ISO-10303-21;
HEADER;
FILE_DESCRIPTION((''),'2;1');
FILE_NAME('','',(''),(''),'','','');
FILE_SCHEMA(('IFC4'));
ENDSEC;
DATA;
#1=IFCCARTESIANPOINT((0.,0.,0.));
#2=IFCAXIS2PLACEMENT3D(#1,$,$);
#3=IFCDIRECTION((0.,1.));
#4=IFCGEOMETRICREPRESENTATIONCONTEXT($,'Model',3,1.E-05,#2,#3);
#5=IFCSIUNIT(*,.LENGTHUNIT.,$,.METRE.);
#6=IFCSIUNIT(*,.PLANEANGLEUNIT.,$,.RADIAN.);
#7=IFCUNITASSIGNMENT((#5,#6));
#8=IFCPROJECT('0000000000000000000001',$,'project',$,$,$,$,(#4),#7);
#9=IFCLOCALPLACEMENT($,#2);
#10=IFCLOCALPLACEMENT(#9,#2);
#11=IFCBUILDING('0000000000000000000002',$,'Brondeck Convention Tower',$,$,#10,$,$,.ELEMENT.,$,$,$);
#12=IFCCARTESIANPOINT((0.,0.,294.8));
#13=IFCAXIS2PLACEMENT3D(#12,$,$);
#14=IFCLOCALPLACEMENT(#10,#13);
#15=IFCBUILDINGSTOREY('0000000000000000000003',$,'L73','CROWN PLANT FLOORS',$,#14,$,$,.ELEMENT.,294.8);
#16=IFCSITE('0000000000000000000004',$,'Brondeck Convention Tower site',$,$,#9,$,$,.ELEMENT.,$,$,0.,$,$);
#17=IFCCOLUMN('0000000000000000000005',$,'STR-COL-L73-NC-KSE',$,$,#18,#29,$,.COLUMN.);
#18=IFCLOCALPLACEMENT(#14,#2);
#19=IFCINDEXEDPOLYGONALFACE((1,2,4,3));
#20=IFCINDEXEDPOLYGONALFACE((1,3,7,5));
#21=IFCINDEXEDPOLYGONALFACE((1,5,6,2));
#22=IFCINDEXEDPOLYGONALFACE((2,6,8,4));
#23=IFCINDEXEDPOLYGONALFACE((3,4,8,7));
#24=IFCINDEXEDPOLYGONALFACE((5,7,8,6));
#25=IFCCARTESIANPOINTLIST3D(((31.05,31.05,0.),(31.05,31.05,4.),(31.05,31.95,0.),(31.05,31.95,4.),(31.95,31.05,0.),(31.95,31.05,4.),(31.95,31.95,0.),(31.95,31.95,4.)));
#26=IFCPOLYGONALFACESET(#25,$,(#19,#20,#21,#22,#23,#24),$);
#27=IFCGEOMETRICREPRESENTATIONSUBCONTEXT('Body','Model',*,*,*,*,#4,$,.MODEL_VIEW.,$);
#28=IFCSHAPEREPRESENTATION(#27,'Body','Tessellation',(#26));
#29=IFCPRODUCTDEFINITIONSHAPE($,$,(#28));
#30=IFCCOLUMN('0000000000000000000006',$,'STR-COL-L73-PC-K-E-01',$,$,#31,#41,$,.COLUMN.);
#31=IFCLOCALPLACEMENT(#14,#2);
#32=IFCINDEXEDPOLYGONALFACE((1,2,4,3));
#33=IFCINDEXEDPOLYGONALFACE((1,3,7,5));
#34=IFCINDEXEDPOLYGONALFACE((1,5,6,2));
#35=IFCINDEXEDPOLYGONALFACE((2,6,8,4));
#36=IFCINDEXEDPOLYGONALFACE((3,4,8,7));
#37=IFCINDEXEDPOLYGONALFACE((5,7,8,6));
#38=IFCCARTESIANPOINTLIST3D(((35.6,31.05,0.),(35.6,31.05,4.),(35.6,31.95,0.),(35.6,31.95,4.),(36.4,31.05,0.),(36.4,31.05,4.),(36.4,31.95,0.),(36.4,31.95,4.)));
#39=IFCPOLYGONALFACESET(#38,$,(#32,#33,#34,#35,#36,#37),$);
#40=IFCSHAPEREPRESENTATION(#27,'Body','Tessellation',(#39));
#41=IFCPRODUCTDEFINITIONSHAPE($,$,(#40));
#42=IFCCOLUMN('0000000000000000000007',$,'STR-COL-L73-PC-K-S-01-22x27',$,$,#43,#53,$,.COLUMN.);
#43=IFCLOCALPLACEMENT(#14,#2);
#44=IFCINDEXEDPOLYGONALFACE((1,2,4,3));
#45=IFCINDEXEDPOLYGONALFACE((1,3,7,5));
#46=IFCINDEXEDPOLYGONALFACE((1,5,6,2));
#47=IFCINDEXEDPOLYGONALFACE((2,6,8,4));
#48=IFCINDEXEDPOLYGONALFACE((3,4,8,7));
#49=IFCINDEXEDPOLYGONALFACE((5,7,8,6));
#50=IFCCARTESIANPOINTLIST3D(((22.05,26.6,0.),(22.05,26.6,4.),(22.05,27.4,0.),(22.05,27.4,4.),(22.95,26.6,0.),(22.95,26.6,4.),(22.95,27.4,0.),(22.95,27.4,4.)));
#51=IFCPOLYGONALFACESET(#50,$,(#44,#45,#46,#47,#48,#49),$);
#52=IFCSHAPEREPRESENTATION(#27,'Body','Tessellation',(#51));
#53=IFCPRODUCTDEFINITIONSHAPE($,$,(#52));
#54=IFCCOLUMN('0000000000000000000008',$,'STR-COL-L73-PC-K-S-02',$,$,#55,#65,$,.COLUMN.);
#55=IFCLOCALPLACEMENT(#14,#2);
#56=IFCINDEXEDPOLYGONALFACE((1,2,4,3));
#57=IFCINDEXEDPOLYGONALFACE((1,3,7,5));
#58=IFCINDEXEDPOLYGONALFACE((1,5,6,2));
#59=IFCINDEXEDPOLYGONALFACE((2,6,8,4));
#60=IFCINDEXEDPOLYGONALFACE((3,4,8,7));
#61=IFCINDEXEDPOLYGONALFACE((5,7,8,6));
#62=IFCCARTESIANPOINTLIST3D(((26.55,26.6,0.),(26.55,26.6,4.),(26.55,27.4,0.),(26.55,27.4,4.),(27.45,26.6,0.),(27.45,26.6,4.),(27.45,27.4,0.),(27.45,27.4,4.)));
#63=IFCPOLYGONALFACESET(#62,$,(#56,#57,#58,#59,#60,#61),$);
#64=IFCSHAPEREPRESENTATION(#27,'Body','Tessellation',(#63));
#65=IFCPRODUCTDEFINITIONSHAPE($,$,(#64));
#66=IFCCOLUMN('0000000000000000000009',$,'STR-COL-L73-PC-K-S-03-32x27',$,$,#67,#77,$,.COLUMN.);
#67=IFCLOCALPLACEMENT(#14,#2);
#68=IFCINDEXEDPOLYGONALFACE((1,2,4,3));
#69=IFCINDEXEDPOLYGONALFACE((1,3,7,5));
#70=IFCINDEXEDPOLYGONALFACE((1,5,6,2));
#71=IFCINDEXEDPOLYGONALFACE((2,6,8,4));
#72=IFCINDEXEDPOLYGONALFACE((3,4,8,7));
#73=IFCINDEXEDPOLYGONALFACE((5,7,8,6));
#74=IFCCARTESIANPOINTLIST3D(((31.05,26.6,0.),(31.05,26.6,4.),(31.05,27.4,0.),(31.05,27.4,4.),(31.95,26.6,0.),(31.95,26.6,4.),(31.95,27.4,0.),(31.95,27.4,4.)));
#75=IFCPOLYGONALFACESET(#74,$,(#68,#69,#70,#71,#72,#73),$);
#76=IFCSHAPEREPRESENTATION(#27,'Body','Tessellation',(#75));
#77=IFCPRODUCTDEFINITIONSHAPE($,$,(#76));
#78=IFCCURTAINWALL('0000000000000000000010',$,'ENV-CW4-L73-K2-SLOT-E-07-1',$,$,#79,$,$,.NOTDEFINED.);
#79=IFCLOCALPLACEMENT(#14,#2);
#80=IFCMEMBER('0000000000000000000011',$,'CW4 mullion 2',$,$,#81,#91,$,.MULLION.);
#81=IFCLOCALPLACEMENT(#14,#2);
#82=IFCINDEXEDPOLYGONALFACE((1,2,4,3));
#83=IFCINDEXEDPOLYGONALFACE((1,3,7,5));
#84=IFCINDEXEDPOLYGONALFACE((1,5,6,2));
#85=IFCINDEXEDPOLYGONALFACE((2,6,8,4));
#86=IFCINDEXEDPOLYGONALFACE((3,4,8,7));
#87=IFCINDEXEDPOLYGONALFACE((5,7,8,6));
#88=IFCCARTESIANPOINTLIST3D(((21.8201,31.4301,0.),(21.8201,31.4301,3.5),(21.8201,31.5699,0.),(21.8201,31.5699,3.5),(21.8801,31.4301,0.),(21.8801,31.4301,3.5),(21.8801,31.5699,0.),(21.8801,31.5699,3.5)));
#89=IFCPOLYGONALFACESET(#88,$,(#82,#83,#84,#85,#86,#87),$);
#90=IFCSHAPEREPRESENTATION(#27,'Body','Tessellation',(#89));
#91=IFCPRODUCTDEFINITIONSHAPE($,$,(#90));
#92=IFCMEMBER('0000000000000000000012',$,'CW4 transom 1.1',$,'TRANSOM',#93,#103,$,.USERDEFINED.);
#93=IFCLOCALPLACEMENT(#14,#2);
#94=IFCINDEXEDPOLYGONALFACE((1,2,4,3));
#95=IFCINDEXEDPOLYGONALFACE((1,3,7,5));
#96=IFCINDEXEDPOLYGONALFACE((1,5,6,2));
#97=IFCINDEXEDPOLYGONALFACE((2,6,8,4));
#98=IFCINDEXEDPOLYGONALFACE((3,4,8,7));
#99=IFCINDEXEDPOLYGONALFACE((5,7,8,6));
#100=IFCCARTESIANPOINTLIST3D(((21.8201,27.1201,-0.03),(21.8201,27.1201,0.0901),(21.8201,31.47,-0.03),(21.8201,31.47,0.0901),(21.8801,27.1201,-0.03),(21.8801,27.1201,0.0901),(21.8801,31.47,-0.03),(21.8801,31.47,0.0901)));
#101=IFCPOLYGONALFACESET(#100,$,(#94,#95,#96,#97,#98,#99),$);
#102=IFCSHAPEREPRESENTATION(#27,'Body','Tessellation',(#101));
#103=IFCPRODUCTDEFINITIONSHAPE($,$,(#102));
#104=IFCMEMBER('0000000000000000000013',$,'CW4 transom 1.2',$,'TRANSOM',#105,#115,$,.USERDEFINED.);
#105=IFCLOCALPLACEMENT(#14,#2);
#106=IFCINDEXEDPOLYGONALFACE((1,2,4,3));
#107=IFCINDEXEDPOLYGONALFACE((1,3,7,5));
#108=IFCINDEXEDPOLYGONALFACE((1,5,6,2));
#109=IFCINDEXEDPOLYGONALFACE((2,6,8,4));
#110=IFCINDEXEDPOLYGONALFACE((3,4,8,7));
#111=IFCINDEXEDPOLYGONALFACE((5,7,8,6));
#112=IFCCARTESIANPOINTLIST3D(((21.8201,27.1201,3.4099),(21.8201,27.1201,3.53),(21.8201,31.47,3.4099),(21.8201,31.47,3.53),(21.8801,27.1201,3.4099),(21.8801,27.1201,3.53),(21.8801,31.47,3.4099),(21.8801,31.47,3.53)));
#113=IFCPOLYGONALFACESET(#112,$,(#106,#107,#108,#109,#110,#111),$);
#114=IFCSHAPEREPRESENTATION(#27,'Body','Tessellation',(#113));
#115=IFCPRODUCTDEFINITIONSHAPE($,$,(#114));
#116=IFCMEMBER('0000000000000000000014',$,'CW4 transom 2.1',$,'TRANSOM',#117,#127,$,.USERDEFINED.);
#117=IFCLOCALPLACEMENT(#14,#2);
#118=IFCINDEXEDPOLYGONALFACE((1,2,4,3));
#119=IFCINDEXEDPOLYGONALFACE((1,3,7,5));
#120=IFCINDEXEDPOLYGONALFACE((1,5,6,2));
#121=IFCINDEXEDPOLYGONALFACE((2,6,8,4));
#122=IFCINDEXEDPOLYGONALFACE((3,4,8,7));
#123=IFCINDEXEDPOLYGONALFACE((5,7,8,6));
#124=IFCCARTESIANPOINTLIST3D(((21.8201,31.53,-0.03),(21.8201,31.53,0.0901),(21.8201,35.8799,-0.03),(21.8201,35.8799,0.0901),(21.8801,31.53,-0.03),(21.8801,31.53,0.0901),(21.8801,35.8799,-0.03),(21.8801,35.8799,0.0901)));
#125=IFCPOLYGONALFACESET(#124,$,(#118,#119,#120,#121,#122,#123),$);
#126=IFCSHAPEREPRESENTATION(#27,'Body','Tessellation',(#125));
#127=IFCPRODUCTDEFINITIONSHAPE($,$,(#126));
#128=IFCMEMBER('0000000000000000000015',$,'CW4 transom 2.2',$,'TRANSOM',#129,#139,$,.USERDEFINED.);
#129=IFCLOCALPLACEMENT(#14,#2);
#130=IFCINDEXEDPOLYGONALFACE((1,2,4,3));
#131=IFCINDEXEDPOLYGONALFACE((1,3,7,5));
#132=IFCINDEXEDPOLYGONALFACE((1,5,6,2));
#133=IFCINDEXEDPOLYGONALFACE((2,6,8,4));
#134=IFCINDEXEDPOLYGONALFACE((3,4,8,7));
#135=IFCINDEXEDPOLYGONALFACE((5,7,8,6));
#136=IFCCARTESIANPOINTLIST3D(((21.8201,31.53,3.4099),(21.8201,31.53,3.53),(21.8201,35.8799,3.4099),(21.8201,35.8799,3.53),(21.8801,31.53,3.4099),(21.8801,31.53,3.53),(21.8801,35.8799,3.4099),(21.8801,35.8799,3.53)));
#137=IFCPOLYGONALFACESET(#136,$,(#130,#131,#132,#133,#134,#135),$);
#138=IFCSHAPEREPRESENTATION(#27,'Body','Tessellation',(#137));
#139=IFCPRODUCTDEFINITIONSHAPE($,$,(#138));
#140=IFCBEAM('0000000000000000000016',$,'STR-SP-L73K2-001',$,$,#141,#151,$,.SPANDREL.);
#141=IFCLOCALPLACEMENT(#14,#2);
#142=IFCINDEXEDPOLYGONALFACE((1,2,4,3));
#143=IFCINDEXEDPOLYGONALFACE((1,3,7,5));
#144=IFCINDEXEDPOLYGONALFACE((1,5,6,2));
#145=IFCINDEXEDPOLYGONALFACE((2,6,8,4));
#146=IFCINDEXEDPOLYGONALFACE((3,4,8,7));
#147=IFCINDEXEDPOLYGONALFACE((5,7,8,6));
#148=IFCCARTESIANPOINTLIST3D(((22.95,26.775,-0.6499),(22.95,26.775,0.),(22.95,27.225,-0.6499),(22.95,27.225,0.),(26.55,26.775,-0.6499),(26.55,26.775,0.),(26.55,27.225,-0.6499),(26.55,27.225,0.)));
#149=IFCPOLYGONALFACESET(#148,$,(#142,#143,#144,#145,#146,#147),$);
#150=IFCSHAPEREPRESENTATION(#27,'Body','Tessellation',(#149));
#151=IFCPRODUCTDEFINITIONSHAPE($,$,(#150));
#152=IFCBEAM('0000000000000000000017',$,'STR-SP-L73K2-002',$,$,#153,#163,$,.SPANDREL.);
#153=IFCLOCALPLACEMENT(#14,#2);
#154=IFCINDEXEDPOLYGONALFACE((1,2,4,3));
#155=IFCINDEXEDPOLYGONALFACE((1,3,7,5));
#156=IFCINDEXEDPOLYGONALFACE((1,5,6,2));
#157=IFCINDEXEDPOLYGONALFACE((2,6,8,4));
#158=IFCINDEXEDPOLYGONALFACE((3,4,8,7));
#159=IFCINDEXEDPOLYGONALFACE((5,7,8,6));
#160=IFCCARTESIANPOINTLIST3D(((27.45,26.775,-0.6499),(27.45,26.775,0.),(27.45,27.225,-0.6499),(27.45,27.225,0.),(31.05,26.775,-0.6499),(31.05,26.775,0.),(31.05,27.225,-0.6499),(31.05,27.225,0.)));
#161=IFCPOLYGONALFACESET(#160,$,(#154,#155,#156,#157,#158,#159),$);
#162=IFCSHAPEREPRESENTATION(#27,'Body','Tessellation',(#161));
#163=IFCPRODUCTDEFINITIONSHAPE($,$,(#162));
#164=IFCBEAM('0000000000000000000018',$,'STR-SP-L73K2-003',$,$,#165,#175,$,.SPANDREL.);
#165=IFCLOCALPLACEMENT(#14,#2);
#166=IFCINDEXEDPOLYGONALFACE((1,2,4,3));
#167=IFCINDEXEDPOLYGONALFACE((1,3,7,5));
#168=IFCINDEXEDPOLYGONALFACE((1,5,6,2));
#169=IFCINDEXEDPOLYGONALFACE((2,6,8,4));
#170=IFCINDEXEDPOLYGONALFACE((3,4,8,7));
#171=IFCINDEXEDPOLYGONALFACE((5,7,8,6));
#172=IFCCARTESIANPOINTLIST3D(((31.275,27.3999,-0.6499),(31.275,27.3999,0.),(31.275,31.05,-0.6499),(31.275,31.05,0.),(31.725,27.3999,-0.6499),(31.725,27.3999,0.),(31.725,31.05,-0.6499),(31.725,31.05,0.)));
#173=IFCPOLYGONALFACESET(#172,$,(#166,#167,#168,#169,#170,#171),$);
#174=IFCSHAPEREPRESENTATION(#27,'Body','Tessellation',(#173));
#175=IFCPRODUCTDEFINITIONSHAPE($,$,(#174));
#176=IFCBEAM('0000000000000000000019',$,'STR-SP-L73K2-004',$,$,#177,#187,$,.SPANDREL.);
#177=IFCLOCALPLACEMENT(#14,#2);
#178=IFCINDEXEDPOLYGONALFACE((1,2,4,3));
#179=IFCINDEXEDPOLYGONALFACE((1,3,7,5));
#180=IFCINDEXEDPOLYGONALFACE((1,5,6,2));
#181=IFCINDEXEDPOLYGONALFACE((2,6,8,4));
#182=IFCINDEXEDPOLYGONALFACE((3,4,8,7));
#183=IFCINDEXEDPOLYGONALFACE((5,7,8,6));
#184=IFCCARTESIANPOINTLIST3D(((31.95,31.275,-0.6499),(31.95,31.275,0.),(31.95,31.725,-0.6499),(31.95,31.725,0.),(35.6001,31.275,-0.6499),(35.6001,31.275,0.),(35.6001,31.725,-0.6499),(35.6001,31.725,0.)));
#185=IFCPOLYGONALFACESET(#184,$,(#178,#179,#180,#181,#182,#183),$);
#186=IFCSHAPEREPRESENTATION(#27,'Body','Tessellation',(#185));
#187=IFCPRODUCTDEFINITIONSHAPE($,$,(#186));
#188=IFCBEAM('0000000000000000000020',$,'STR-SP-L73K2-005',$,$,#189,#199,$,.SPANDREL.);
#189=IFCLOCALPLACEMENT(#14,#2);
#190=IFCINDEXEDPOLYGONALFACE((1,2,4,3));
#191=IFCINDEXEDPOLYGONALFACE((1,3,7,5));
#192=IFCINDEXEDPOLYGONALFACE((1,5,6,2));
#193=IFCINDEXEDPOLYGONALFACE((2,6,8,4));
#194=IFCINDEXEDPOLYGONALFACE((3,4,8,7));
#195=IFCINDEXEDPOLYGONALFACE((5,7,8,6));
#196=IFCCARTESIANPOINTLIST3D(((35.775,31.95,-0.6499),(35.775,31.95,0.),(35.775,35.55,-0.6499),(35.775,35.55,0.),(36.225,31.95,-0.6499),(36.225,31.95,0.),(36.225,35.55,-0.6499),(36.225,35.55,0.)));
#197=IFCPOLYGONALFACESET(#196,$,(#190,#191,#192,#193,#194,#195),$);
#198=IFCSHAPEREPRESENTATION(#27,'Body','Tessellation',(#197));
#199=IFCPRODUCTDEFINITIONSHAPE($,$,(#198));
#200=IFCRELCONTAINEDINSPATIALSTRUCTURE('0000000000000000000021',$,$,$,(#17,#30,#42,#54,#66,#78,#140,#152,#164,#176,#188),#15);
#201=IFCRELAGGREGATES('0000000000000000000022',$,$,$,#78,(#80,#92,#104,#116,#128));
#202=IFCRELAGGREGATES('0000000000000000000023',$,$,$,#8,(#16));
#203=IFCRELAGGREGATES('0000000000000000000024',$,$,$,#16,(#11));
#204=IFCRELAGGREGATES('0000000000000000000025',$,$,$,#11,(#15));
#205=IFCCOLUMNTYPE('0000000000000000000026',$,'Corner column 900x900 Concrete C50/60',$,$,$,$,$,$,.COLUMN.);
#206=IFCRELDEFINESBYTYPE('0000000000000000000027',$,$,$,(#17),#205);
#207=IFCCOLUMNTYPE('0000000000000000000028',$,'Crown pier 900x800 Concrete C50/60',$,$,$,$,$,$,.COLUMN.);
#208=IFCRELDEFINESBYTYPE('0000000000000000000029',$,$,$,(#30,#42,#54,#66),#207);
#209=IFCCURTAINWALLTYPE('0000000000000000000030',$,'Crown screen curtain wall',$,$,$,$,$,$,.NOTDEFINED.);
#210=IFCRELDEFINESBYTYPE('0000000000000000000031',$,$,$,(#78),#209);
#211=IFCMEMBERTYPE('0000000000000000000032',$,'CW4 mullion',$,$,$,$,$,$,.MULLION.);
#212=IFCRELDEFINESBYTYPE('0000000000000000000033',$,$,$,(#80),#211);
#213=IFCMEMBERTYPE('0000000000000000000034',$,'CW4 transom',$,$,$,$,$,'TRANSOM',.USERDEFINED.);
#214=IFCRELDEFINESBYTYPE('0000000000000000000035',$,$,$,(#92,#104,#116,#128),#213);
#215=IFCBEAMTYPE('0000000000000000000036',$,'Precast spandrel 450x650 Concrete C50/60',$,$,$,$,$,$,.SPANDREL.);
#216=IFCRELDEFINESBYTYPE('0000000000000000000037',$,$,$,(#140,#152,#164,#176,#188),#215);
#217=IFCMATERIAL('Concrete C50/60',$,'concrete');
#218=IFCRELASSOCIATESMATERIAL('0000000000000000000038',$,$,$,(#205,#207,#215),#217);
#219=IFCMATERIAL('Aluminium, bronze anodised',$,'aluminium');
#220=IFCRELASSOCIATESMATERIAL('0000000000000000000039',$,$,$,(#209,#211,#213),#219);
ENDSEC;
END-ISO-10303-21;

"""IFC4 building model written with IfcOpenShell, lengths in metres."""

from ifc_helpers import new_model, si_unit, direction, frame, origin, origin_2d, place, context, subcontext, project, spatial, rectangle, extrude, material, material_profile, profile_set, type_object, element, aggregate, save


model = new_model("IFC4")

# Units and contexts
model_context = context("Model", 3, precision=1e-05, world=origin(), true_north=direction((0.0, 1.0)))
body_context = subcontext(model_context, "Body", "Model", "MODEL_VIEW")
ifc_project = project(units=[si_unit("LENGTHUNIT", "METRE"), si_unit("PLANEANGLEUNIT", "RADIAN")], contexts=[model_context])

# Site, building, storey
site_placement = place(None, origin())
site = spatial("IfcSite", under=ifc_project, at=site_placement, Name="Brondeck Convention Tower site", CompositionType="ELEMENT", RefElevation=0.0)
building_placement = place(site_placement, origin())
building = spatial("IfcBuilding", under=site, at=building_placement, Name="Brondeck Convention Tower", CompositionType="ELEMENT")
storey_placement = place(building_placement, frame((0.0, 0.0, 294.8)))
storey = spatial("IfcBuildingStorey", under=building, at=storey_placement, Name="L73", Description="CROWN PLANT FLOORS", CompositionType="ELEMENT", Elevation=294.8)

# Columns
ifc_material_1 = material(Name="Concrete C50/60", Category="concrete")
ifc_material_profile_1 = material_profile(ifc_material_1, rectangle(XDim=0.8999, YDim=0.8999, at=origin_2d()), Name="Corner column 900x900 Concrete C50/60")
ifc_profile_set_1 = profile_set([ifc_material_profile_1], Name="Concrete C50/60")
column_type_1 = type_object("IfcColumnType", Name="Corner column 900x900 Concrete C50/60", PredefinedType="COLUMN", material=ifc_profile_set_1)
column_placement = place(storey_placement, frame((31.5, 31.5, 0.0), z_axis=(0.0, 0.0, 1.0), x_axis=(1.0, 0.0, 0.0)))
element("IfcColumn", 1, at=column_placement, inside=storey, type_object=column_type_1, Name="STR-COL-L73-NC-KSE", PredefinedType="COLUMN", context=body_context, shape_type="SweptSolid", body=[
    extrude(rectangle(XDim=0.8999, YDim=0.8999, at=origin_2d()), origin(), (0.0, 0.0, 1.0), 4.0),
])
ifc_material_profile_2 = material_profile(ifc_material_1, rectangle(XDim=0.8999, YDim=0.8, at=origin_2d()), Name="Crown pier 900x800 Concrete C50/60")
ifc_profile_set_2 = profile_set([ifc_material_profile_2], Name="Concrete C50/60")
column_type_2 = type_object("IfcColumnType", Name="Crown pier 900x800 Concrete C50/60", PredefinedType="COLUMN", material=ifc_profile_set_2)
for number, where, z_axis, x_axis, name in (
    (2, (36.0, 31.5, 0.0), (0.0, 0.0, 1.0), (0.0, 1.0, 0.0), "STR-COL-L73-PC-K-E-01"),
    (3, (22.5, 27.0, 0.0), (0.0, 0.0, 1.0), (1.0, 0.0, 0.0), "STR-COL-L73-PC-K-S-01-22x27"),
    (4, (27.0, 27.0, 0.0), (0.0, 0.0, 1.0), (1.0, 0.0, 0.0), "STR-COL-L73-PC-K-S-02"),
    (5, (31.5, 27.0, 0.0), (0.0, 0.0, 1.0), (1.0, 0.0, 0.0), "STR-COL-L73-PC-K-S-03-32x27"),
):
    element("IfcColumn", number, at=place(storey_placement, frame(where, z_axis=z_axis, x_axis=x_axis)), inside=storey, type_object=column_type_2, Name=name, PredefinedType="COLUMN", context=body_context, shape_type="SweptSolid", body=[
        extrude(rectangle(XDim=0.8999, YDim=0.8, at=origin_2d()), origin(), (0.0, 0.0, 1.0), 4.0),
    ])

# Curtain wall, members
ifc_material_2 = material(Name="Aluminium, bronze anodised", Category="aluminium")
curtain_wall_type = type_object("IfcCurtainWallType", Name="Crown screen curtain wall", PredefinedType="NOTDEFINED", material=ifc_material_2)
curtain_wall_placement = place(storey_placement, origin())
curtain_wall = element("IfcCurtainWall", 6, at=curtain_wall_placement, inside=storey, type_object=curtain_wall_type, Name="ENV-CW4-L73-K2-SLOT-E-07-1", PredefinedType="NOTDEFINED")
ifc_material_profile_3 = material_profile(ifc_material_2, rectangle(XDim=0.0601, YDim=0.1399, at=origin_2d()), Name="CW4 mullion")
ifc_profile_set_3 = profile_set([ifc_material_profile_3], Name="Aluminium, bronze anodised")
member_type_1 = type_object("IfcMemberType", Name="CW4 mullion", PredefinedType="MULLION", material=ifc_profile_set_3)
member_1_placement = place(storey_placement, frame((21.8501, 31.5, 0.0), z_axis=(0.0, 0.0, 1.0), x_axis=(-1.0, 0.0, 0.0)))
member_1 = element("IfcMember", 7, at=member_1_placement, type_object=member_type_1, Name="CW4 mullion 2", PredefinedType="MULLION", context=body_context, shape_type="SweptSolid", body=[
    extrude(rectangle(XDim=0.0601, YDim=0.1399, at=origin_2d()), origin(), (0.0, 0.0, 1.0), 3.5),
])
ifc_material_profile_4 = material_profile(ifc_material_2, rectangle(XDim=0.0601, YDim=0.1201, at=origin_2d()), Name="CW4 transom")
ifc_profile_set_4 = profile_set([ifc_material_profile_4], Name="Aluminium, bronze anodised")
member_type_2 = type_object("IfcMemberType", Name="CW4 transom", ElementType="TRANSOM", PredefinedType="USERDEFINED", material=ifc_profile_set_4)
member_2_placement = place(storey_placement, frame((21.8501, 27.1201, 0.03), z_axis=(0.0, 1.0, 0.0), x_axis=(-1.0, 0.0, 0.0)))
member_2 = element("IfcMember", 8, at=member_2_placement, type_object=member_type_2, Name="CW4 transom 1.1", ObjectType="TRANSOM", PredefinedType="USERDEFINED", context=body_context, shape_type="SweptSolid", body=[
    extrude(rectangle(XDim=0.0601, YDim=0.1201, at=origin_2d()), origin(), (0.0, 0.0, 1.0), 4.3499),
])
member_3_placement = place(storey_placement, frame((21.8501, 27.1201, 3.47), z_axis=(0.0, 1.0, 0.0), x_axis=(-1.0, 0.0, 0.0)))
member_3 = element("IfcMember", 9, at=member_3_placement, type_object=member_type_2, Name="CW4 transom 1.2", ObjectType="TRANSOM", PredefinedType="USERDEFINED", context=body_context, shape_type="SweptSolid", body=[
    extrude(rectangle(XDim=0.0601, YDim=0.1201, at=origin_2d()), origin(), (0.0, 0.0, 1.0), 4.3499),
])
member_4_placement = place(storey_placement, frame((21.8501, 31.53, 0.03), z_axis=(0.0, 1.0, 0.0), x_axis=(-1.0, 0.0, 0.0)))
member_4 = element("IfcMember", 10, at=member_4_placement, type_object=member_type_2, Name="CW4 transom 2.1", ObjectType="TRANSOM", PredefinedType="USERDEFINED", context=body_context, shape_type="SweptSolid", body=[
    extrude(rectangle(XDim=0.0601, YDim=0.1201, at=origin_2d()), origin(), (0.0, 0.0, 1.0), 4.3499),
])
member_5_placement = place(storey_placement, frame((21.8501, 31.53, 3.47), z_axis=(0.0, 1.0, 0.0), x_axis=(-1.0, 0.0, 0.0)))
member_5 = element("IfcMember", 11, at=member_5_placement, type_object=member_type_2, Name="CW4 transom 2.2", ObjectType="TRANSOM", PredefinedType="USERDEFINED", context=body_context, shape_type="SweptSolid", body=[
    extrude(rectangle(XDim=0.0601, YDim=0.1201, at=origin_2d()), origin(), (0.0, 0.0, 1.0), 4.3499),
])

# Beams
ifc_material_profile_5 = material_profile(ifc_material_1, rectangle(XDim=0.45, YDim=0.6499, at=origin_2d()), Name="Precast spandrel 450x650 Concrete C50/60")
ifc_profile_set_5 = profile_set([ifc_material_profile_5], Name="Concrete C50/60")
beam_type = type_object("IfcBeamType", Name="Precast spandrel 450x650 Concrete C50/60", PredefinedType="SPANDREL", material=ifc_profile_set_5)
for number, where, z_axis, x_axis, name in (
    (12, (22.95, 27.0, -0.325), (1.0, 0.0, 0.0), (0.0, 1.0, 0.0), "STR-SP-L73K2-001"),
    (13, (27.45, 27.0, -0.325), (1.0, 0.0, 0.0), (0.0, 1.0, 0.0), "STR-SP-L73K2-002"),
):
    element("IfcBeam", number, at=place(storey_placement, frame(where, z_axis=z_axis, x_axis=x_axis)), inside=storey, type_object=beam_type, Name=name, PredefinedType="SPANDREL", context=body_context, shape_type="SweptSolid", body=[
        extrude(rectangle(XDim=0.45, YDim=0.6499, at=origin_2d()), origin(), (0.0, 0.0, 1.0), 3.6001),
    ])
for number, where, z_axis, x_axis, name in (
    (14, (31.5, 27.3999, -0.325), (0.0, 1.0, 0.0), (-1.0, 0.0, 0.0), "STR-SP-L73K2-003"),
    (15, (31.95, 31.5, -0.325), (1.0, 0.0, 0.0), (0.0, 1.0, 0.0), "STR-SP-L73K2-004"),
):
    element("IfcBeam", number, at=place(storey_placement, frame(where, z_axis=z_axis, x_axis=x_axis)), inside=storey, type_object=beam_type, Name=name, PredefinedType="SPANDREL", context=body_context, shape_type="SweptSolid", body=[
        extrude(rectangle(XDim=0.45, YDim=0.6499, at=origin_2d()), origin(), (0.0, 0.0, 1.0), 3.6501),
    ])
for number, where, z_axis, x_axis, name in (
    (16, (36.0, 31.95, -0.325), (0.0, 1.0, 0.0), (-1.0, 0.0, 0.0), "STR-SP-L73K2-005"),
):
    element("IfcBeam", number, at=place(storey_placement, frame(where, z_axis=z_axis, x_axis=x_axis)), inside=storey, type_object=beam_type, Name=name, PredefinedType="SPANDREL", context=body_context, shape_type="SweptSolid", body=[
        extrude(rectangle(XDim=0.45, YDim=0.6499, at=origin_2d()), origin(), (0.0, 0.0, 1.0), 3.6001),
    ])

aggregate(curtain_wall, [member_1, member_2, member_3, member_4, member_5])

save(model, "model.ifc")
